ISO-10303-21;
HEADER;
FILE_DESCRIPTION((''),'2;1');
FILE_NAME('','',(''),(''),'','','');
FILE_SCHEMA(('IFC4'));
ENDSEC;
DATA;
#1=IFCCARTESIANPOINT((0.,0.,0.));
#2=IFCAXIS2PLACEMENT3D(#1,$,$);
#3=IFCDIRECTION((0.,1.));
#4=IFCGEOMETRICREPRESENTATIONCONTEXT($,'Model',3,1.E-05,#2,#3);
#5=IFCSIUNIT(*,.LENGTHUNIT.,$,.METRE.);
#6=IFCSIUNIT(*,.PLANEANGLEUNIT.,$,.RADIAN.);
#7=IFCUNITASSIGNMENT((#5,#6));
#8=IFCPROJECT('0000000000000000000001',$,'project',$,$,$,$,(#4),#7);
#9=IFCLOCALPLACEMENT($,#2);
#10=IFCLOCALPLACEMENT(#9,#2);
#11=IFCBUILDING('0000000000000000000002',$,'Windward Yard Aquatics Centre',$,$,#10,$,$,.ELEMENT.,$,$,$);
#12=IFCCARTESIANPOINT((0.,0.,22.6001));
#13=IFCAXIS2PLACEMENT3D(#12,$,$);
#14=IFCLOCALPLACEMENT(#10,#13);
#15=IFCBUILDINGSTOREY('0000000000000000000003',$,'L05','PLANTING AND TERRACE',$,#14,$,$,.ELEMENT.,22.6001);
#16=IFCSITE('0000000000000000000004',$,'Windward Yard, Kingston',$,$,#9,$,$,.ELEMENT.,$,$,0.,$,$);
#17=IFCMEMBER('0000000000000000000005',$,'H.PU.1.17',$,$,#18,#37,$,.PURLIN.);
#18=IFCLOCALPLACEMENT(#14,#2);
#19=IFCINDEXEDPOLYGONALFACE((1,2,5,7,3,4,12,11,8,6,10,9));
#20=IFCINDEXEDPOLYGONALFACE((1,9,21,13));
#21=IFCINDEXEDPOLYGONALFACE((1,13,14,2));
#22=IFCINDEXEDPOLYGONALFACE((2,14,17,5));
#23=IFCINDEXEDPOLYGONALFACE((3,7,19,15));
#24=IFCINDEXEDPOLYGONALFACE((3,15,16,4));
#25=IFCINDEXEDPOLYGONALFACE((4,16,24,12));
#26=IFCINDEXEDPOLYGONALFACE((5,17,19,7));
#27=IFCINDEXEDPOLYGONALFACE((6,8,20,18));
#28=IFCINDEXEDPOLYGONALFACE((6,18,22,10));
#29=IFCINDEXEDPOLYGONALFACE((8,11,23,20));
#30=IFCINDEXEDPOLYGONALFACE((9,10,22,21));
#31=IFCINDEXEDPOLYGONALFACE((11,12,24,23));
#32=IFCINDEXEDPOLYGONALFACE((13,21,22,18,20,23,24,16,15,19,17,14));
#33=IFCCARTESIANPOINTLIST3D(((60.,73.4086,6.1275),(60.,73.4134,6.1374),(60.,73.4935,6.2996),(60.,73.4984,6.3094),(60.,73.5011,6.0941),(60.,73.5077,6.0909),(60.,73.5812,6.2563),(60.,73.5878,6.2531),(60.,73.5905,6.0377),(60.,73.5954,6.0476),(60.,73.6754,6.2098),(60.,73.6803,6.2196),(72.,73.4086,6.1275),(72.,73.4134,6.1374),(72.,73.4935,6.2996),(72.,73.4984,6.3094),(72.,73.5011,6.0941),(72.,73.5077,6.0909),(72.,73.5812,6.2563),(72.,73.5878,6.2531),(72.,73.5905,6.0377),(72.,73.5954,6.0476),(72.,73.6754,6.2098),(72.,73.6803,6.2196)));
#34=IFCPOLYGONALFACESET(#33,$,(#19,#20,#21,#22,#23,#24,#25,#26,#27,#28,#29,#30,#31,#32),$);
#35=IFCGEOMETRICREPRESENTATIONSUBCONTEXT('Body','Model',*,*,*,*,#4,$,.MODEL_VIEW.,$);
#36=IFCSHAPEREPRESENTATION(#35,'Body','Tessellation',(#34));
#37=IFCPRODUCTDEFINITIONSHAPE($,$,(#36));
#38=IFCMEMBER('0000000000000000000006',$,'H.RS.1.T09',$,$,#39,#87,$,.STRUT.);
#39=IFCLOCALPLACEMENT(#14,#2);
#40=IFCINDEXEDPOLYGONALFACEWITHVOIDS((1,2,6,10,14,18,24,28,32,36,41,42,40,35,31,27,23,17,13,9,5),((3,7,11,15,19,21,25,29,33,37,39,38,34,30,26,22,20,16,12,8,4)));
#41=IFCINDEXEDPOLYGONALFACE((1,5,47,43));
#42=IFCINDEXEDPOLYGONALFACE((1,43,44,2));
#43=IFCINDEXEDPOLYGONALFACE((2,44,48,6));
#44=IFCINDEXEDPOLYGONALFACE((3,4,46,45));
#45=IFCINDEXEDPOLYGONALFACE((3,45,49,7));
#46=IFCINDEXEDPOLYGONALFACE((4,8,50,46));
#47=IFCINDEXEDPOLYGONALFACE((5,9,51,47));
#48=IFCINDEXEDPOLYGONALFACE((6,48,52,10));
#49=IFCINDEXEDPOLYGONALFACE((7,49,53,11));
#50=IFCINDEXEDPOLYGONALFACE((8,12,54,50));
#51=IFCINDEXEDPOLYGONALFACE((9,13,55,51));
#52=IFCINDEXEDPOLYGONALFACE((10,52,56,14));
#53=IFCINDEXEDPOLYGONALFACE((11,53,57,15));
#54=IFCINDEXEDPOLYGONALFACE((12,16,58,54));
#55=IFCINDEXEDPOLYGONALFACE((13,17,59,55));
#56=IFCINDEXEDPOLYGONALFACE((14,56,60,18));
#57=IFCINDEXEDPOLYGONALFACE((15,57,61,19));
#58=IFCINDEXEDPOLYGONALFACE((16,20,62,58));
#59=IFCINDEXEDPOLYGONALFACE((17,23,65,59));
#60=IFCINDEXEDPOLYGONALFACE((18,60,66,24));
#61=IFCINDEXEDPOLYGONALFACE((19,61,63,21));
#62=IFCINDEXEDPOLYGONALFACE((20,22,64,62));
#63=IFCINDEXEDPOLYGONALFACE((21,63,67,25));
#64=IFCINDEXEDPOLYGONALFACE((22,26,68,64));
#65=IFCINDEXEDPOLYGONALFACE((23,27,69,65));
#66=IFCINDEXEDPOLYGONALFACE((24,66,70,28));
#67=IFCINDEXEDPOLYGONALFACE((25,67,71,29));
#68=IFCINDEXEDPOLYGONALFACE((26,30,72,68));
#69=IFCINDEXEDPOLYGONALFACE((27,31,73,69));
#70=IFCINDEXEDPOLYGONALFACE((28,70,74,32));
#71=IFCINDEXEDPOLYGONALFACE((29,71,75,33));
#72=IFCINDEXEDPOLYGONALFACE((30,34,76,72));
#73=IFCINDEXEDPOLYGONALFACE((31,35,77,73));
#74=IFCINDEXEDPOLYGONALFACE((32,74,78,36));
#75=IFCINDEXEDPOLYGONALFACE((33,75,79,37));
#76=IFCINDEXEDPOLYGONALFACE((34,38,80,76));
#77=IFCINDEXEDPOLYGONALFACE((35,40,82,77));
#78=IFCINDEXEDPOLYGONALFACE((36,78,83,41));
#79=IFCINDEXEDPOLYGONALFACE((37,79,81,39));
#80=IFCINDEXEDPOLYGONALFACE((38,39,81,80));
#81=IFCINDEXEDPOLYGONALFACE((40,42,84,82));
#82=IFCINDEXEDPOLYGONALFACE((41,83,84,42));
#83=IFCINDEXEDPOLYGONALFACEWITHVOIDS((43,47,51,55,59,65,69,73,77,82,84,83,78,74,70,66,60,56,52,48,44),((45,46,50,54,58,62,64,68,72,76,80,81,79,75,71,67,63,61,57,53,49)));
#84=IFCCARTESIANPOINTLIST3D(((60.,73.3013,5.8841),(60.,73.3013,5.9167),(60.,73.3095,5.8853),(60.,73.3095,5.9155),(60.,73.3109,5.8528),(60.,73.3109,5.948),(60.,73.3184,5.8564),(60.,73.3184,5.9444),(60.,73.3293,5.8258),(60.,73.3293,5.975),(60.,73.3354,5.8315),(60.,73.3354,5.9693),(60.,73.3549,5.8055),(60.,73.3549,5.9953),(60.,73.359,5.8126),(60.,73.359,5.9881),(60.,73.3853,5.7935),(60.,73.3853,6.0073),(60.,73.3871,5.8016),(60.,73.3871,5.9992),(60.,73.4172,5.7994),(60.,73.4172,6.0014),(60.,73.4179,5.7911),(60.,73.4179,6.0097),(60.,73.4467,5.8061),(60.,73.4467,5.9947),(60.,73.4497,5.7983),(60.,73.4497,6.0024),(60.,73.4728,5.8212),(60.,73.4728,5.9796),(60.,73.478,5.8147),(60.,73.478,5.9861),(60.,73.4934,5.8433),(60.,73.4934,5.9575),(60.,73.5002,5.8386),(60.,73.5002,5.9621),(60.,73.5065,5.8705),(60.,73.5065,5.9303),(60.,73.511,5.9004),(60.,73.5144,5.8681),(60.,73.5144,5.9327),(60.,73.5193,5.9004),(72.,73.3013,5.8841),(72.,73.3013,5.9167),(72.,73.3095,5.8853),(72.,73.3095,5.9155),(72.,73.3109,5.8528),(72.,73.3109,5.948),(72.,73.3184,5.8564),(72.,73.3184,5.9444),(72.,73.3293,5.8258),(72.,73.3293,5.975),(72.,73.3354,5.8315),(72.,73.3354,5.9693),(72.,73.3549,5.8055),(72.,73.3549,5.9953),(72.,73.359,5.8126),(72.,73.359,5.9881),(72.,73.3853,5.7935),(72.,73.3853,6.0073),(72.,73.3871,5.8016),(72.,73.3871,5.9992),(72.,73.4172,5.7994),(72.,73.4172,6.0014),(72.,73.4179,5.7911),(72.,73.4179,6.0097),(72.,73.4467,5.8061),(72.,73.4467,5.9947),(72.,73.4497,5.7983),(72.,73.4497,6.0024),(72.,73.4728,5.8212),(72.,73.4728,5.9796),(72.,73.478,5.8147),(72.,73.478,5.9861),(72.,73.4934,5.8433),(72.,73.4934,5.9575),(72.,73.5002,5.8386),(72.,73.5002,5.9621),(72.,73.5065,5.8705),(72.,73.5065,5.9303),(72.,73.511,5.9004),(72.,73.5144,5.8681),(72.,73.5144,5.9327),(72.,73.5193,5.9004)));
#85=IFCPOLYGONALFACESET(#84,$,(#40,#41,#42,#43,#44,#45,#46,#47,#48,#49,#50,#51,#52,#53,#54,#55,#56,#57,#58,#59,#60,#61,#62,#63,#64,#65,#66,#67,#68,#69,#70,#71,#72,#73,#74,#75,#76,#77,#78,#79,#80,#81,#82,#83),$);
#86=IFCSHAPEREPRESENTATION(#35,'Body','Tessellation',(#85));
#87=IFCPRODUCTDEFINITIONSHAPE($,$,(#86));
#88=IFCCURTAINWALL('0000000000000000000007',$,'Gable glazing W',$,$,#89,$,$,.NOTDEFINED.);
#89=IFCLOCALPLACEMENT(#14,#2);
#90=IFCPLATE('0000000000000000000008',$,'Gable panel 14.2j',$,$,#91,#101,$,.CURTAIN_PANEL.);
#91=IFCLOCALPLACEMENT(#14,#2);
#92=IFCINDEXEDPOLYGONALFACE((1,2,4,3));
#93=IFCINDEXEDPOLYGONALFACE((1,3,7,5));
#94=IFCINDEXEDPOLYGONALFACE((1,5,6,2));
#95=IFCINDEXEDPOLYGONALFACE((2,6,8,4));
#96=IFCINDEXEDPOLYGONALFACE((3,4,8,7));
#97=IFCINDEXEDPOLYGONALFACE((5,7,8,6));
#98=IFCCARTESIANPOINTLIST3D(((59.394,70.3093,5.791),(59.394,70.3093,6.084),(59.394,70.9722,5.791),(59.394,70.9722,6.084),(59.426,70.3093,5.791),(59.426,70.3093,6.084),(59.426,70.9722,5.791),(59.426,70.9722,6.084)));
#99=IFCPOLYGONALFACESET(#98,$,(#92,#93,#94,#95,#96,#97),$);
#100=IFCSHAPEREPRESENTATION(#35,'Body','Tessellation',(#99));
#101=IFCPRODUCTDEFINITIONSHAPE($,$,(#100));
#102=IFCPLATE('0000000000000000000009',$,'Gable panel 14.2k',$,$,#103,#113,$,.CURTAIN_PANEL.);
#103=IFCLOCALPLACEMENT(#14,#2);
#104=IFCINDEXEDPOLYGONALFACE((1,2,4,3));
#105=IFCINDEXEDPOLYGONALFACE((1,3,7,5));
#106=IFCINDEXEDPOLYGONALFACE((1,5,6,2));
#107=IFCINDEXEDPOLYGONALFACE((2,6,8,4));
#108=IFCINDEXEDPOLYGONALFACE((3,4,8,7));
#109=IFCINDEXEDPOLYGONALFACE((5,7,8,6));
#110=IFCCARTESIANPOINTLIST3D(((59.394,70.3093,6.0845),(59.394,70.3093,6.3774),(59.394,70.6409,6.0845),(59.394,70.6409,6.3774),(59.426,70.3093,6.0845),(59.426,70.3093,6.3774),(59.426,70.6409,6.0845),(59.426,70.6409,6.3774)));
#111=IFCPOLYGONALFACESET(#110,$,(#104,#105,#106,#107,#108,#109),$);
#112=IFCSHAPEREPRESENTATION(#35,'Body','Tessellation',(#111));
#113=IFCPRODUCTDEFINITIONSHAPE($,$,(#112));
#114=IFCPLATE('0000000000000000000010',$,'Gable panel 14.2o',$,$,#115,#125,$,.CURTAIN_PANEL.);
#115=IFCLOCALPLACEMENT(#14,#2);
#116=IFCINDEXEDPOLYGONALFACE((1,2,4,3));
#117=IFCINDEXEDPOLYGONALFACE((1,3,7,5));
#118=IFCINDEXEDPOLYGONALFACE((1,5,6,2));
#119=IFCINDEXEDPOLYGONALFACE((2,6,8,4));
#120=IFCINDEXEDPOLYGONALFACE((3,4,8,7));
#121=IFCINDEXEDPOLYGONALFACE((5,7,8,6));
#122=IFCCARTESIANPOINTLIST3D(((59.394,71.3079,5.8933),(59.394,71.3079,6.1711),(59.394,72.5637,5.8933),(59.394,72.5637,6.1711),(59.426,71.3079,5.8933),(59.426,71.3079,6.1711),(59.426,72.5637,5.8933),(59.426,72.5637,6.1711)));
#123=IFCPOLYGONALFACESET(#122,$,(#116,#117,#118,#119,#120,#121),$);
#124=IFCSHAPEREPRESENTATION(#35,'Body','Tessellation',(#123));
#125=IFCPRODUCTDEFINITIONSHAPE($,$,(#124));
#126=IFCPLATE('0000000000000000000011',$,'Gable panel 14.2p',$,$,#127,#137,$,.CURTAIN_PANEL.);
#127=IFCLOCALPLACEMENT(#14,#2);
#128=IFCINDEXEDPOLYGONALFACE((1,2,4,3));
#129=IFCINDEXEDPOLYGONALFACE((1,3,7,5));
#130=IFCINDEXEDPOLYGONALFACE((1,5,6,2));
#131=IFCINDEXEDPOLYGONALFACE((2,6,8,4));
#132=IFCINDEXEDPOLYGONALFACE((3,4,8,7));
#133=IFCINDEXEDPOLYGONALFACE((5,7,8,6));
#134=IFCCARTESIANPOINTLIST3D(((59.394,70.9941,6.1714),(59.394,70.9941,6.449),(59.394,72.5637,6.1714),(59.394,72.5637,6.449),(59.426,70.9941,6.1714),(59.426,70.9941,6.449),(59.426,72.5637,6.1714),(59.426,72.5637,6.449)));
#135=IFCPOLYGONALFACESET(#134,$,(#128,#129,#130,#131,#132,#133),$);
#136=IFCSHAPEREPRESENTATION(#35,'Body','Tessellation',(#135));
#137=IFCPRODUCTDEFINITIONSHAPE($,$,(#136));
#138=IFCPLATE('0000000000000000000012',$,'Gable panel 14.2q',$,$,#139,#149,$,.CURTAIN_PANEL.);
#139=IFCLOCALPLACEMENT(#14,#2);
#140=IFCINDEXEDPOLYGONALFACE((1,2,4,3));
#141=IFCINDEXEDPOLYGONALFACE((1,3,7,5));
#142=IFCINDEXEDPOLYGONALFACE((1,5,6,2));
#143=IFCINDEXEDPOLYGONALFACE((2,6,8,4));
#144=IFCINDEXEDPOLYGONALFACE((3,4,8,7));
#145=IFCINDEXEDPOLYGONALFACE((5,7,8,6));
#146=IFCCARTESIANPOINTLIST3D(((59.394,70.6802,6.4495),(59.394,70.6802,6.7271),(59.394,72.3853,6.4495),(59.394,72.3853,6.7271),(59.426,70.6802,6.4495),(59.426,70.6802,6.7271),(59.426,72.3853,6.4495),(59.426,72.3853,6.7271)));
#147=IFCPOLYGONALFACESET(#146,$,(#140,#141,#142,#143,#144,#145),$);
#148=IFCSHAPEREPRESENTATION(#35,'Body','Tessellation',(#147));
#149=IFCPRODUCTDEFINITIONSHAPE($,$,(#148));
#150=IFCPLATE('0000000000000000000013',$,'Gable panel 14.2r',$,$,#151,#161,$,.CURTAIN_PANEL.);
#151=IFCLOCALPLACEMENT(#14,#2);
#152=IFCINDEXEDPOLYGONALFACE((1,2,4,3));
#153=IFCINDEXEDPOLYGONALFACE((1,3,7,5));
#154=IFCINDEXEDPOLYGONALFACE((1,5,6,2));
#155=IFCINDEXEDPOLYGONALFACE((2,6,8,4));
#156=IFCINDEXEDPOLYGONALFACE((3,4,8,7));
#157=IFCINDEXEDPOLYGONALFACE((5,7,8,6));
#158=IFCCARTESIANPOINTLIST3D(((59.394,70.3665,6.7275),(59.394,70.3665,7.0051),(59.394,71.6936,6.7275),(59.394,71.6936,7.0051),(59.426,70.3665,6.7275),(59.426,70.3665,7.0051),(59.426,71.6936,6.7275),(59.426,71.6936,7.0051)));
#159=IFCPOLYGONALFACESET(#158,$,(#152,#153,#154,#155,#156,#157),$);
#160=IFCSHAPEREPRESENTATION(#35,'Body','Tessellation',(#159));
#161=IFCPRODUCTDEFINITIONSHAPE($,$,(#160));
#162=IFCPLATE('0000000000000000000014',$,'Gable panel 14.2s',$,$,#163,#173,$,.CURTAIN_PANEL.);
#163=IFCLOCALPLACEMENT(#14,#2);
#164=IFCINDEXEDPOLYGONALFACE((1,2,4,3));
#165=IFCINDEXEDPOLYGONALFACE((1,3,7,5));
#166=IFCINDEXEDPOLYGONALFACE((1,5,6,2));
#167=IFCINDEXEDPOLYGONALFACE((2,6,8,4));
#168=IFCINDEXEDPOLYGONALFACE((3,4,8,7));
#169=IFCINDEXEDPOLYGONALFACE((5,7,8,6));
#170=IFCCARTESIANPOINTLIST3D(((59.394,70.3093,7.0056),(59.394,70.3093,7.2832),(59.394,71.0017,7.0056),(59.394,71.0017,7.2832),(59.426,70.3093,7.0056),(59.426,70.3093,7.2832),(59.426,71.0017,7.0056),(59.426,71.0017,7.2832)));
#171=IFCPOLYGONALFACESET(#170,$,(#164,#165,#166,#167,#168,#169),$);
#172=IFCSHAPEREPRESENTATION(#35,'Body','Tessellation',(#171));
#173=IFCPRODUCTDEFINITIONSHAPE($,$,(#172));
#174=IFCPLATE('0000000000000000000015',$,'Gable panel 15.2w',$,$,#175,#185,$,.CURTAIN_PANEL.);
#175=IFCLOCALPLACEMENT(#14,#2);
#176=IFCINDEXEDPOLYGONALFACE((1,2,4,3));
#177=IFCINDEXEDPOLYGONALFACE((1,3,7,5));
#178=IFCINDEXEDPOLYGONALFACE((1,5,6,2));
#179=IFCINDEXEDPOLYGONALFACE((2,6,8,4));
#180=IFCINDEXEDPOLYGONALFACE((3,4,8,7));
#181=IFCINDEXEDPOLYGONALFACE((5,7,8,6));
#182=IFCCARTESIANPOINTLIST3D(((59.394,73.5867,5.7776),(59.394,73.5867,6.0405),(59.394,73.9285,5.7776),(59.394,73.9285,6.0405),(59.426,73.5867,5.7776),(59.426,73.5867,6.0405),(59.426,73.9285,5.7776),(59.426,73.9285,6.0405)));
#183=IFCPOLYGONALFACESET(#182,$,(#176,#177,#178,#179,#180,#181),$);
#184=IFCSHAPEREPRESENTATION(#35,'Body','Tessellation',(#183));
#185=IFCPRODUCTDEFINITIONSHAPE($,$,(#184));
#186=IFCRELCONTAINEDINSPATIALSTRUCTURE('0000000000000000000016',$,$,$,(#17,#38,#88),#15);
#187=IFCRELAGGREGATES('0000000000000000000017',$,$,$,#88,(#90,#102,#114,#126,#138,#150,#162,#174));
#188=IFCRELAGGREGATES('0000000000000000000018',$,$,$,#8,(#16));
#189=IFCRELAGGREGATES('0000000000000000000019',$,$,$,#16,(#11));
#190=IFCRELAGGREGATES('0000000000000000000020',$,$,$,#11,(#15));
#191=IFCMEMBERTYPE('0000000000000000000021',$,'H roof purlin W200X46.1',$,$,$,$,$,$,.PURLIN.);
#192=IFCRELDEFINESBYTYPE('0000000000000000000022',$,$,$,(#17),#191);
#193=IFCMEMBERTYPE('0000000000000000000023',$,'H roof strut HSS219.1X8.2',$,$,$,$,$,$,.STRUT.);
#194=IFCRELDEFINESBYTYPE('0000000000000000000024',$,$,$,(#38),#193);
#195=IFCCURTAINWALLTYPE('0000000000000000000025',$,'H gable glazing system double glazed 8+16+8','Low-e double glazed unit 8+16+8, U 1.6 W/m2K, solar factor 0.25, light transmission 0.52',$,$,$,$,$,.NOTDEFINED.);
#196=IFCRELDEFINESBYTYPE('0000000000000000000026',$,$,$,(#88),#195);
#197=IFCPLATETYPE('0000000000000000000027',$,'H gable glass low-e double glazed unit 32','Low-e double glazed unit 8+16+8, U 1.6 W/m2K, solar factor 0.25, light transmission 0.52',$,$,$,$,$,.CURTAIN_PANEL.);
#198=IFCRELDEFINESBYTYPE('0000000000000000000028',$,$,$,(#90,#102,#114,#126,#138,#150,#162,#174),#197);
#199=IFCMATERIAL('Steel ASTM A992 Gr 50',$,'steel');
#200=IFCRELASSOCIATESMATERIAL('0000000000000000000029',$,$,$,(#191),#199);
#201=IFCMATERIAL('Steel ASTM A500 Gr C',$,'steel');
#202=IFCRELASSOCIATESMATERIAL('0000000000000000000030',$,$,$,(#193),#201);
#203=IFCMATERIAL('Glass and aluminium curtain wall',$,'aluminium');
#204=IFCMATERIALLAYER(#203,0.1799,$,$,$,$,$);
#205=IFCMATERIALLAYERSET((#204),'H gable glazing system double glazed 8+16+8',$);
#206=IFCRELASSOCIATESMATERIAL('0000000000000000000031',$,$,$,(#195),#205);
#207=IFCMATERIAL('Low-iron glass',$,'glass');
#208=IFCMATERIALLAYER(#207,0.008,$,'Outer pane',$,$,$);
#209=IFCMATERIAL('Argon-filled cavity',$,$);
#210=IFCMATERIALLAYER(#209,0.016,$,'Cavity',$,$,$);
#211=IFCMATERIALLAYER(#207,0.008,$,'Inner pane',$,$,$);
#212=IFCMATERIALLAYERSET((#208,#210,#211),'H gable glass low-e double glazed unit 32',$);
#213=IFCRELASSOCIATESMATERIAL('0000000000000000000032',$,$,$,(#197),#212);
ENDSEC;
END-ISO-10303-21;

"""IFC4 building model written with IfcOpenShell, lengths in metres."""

from ifc_helpers import new_model, si_unit, direction, frame, origin, origin_2d, place, context, subcontext, project, spatial, polyline, hollow_circle, i_section, outline, extrude, material, layer, layer_set, material_profile, profile_set, type_object, element, aggregate, save


model = new_model("IFC4")

# Units and contexts
model_context = context("Model", 3, precision=1e-05, world=origin(), true_north=direction((0.0, 1.0)))
body_context = subcontext(model_context, "Body", "Model", "MODEL_VIEW")
ifc_project = project(units=[si_unit("LENGTHUNIT", "METRE"), si_unit("PLANEANGLEUNIT", "RADIAN")], contexts=[model_context])

# Site, building, storey
site_placement = place(None, origin())
site = spatial("IfcSite", under=ifc_project, at=site_placement, Name="Windward Yard, Kingston", CompositionType="ELEMENT", RefElevation=0.0)
building_placement = place(site_placement, origin())
building = spatial("IfcBuilding", under=site, at=building_placement, Name="Windward Yard Aquatics Centre", CompositionType="ELEMENT")
storey_placement = place(building_placement, frame((0.0, 0.0, 22.6001)))
storey = spatial("IfcBuildingStorey", under=building, at=storey_placement, Name="L05", Description="PLANTING AND TERRACE", CompositionType="ELEMENT", Elevation=22.6001)

# Members
ifc_material_1 = material(Name="Steel ASTM A500 Gr C", Category="steel")
ifc_material_2 = material(Name="Steel ASTM A992 Gr 50", Category="steel")
ifc_material_profile_1 = material_profile(ifc_material_2, i_section(OverallWidth=0.2029, OverallDepth=0.2029, WebThickness=0.0073, FlangeThickness=0.011, at=origin_2d()), Name="W200X46.1")
ifc_profile_set_1 = profile_set([ifc_material_profile_1], Name="Steel ASTM A992 Gr 50")
member_type_1 = type_object("IfcMemberType", Name="H roof purlin W200X46.1", PredefinedType="PURLIN", material=ifc_profile_set_1)
for number, where, z_axis, x_axis, name in (
    (1, (60.0, 73.5444, 6.1736), (1.0, 0.0, 0.0), (0.0, 0.896687, -0.442665), "H.PU.1.17"),
):
    element("IfcMember", number, at=place(storey_placement, frame(where, z_axis=z_axis, x_axis=x_axis)), inside=storey, type_object=member_type_1, Name=name, PredefinedType="PURLIN", context=body_context, shape_type="SweptSolid", body=[
        extrude(i_section(OverallWidth=0.2029, OverallDepth=0.2029, WebThickness=0.0073, FlangeThickness=0.011, at=origin_2d()), origin(), (0.0, 0.0, 1.0), 12.0),
    ])
ifc_material_profile_2 = material_profile(ifc_material_1, hollow_circle(Radius=0.1096, WallThickness=0.0083, at=origin_2d()), Name="HSS219.1X8.2")
ifc_profile_set_2 = profile_set([ifc_material_profile_2], Name="Steel ASTM A500 Gr C")
member_type_2 = type_object("IfcMemberType", Name="H roof strut HSS219.1X8.2", PredefinedType="STRUT", material=ifc_profile_set_2)
member_1_placement = place(storey_placement, frame((60.0, 73.4097, 5.9004), z_axis=(1.0, 0.0, 0.0), x_axis=(0.0, 1.0, 0.0)))
element("IfcMember", 2, at=member_1_placement, inside=storey, type_object=member_type_2, Name="H.RS.1.T09", PredefinedType="STRUT", context=body_context, shape_type="SweptSolid", body=[
    extrude(hollow_circle(Radius=0.1096, WallThickness=0.0083, at=origin_2d()), origin(), (0.0, 0.0, 1.0), 12.0),
])

# Curtain wall, plates
ifc_material_3 = material(Name="Glass and aluminium curtain wall", Category="aluminium")
ifc_layer_1 = layer(ifc_material_3, 0.1799)
ifc_layer_set_1 = layer_set([ifc_layer_1], Name="H gable glazing system double glazed 8+16+8")
curtain_wall_type = type_object("IfcCurtainWallType", Name="H gable glazing system double glazed 8+16+8", Description="Low-e double glazed unit 8+16+8, U 1.6 W/m2K, solar factor 0.25, light transmission 0.52", PredefinedType="NOTDEFINED", material=ifc_layer_set_1)
curtain_wall_placement = place(storey_placement, origin())
curtain_wall = element("IfcCurtainWall", 3, at=curtain_wall_placement, inside=storey, type_object=curtain_wall_type, Name="Gable glazing W", PredefinedType="NOTDEFINED")
ifc_material_4 = material(Name="Low-iron glass", Category="glass")
ifc_layer_2 = layer(ifc_material_4, 0.008, Name="Outer pane")
ifc_material_5 = material(Name="Argon-filled cavity")
ifc_layer_3 = layer(ifc_material_5, 0.016, Name="Cavity")
ifc_layer_4 = layer(ifc_material_4, 0.008, Name="Inner pane")
ifc_layer_set_2 = layer_set([ifc_layer_2, ifc_layer_3, ifc_layer_4], Name="H gable glass low-e double glazed unit 32")
plate_type = type_object("IfcPlateType", Name="H gable glass low-e double glazed unit 32", Description="Low-e double glazed unit 8+16+8, U 1.6 W/m2K, solar factor 0.25, light transmission 0.52", PredefinedType="CURTAIN_PANEL", material=ifc_layer_set_2)
plate_1_placement = place(storey_placement, frame((59.426, 70.3093, 5.791), z_axis=(1.0, 0.0, 0.0), x_axis=(0.0, 1.0, 0.0)))
plate_1 = element("IfcPlate", 4, at=plate_1_placement, type_object=plate_type, Name="Gable panel 14.2j", PredefinedType="CURTAIN_PANEL", context=body_context, shape_type="SweptSolid", body=[
    extrude(outline(polyline([(0.0, 0.0), (0.6628, 0.0), (0.6628, 0.293), (0.0, 0.293), (0.0, 0.0)])), origin(), (0.0, 0.0, -1.0), 0.032),
])
plate_2_placement = place(storey_placement, frame((59.426, 70.3093, 6.0845), z_axis=(1.0, 0.0, 0.0), x_axis=(0.0, 1.0, 0.0)))
plate_2 = element("IfcPlate", 5, at=plate_2_placement, type_object=plate_type, Name="Gable panel 14.2k", PredefinedType="CURTAIN_PANEL", context=body_context, shape_type="SweptSolid", body=[
    extrude(outline(polyline([(0.0, 0.0), (0.3315, 0.0), (0.3315, 0.293), (0.0, 0.293), (0.0, 0.0)])), origin(), (0.0, 0.0, -1.0), 0.032),
])
plate_3_placement = place(storey_placement, frame((59.426, 71.3079, 5.8933), z_axis=(1.0, 0.0, 0.0), x_axis=(0.0, 1.0, 0.0)))
plate_3 = element("IfcPlate", 6, at=plate_3_placement, type_object=plate_type, Name="Gable panel 14.2o", PredefinedType="CURTAIN_PANEL", context=body_context, shape_type="SweptSolid", body=[
    extrude(outline(polyline([(0.0, 0.0), (1.2559, 0.0), (1.2559, 0.2778), (0.0, 0.2778), (0.0, 0.0)])), origin(), (0.0, 0.0, -1.0), 0.032),
])
plate_4_placement = place(storey_placement, frame((59.426, 70.9941, 6.1714), z_axis=(1.0, 0.0, 0.0), x_axis=(0.0, 1.0, 0.0)))
plate_4 = element("IfcPlate", 7, at=plate_4_placement, type_object=plate_type, Name="Gable panel 14.2p", PredefinedType="CURTAIN_PANEL", context=body_context, shape_type="SweptSolid", body=[
    extrude(outline(polyline([(0.0, 0.0), (1.5696, 0.0), (1.5696, 0.2776), (0.0, 0.2776), (0.0, 0.0)])), origin(), (0.0, 0.0, -1.0), 0.032),
])
plate_5_placement = place(storey_placement, frame((59.426, 70.6802, 6.4495), z_axis=(1.0, 0.0, 0.0), x_axis=(0.0, 1.0, 0.0)))
plate_5 = element("IfcPlate", 8, at=plate_5_placement, type_object=plate_type, Name="Gable panel 14.2q", PredefinedType="CURTAIN_PANEL", context=body_context, shape_type="SweptSolid", body=[
    extrude(outline(polyline([(0.0, 0.0), (1.7051, 0.0), (1.7051, 0.2776), (0.0, 0.2776), (0.0, 0.0)])), origin(), (0.0, 0.0, -1.0), 0.032),
])
plate_6_placement = place(storey_placement, frame((59.426, 70.3665, 6.7275), z_axis=(1.0, 0.0, 0.0), x_axis=(0.0, 1.0, 0.0)))
plate_6 = element("IfcPlate", 9, at=plate_6_placement, type_object=plate_type, Name="Gable panel 14.2r", PredefinedType="CURTAIN_PANEL", context=body_context, shape_type="SweptSolid", body=[
    extrude(outline(polyline([(0.0, 0.0), (1.3271, 0.0), (1.3271, 0.2776), (0.0, 0.2776), (0.0, 0.0)])), origin(), (0.0, 0.0, -1.0), 0.032),
])
plate_7_placement = place(storey_placement, frame((59.426, 70.3093, 7.0056), z_axis=(1.0, 0.0, 0.0), x_axis=(0.0, 1.0, 0.0)))
plate_7 = element("IfcPlate", 10, at=plate_7_placement, type_object=plate_type, Name="Gable panel 14.2s", PredefinedType="CURTAIN_PANEL", context=body_context, shape_type="SweptSolid", body=[
    extrude(outline(polyline([(0.0, 0.0), (0.6924, 0.0), (0.6924, 0.2776), (0.0, 0.2776), (0.0, 0.0)])), origin(), (0.0, 0.0, -1.0), 0.032),
])
plate_8_placement = place(storey_placement, frame((59.426, 73.5867, 5.7776), z_axis=(1.0, 0.0, 0.0), x_axis=(0.0, 1.0, 0.0)))
plate_8 = element("IfcPlate", 11, at=plate_8_placement, type_object=plate_type, Name="Gable panel 15.2w", PredefinedType="CURTAIN_PANEL", context=body_context, shape_type="SweptSolid", body=[
    extrude(outline(polyline([(0.0, 0.0), (0.3418, 0.0), (0.3418, 0.2629), (0.0, 0.2629), (0.0, 0.0)])), origin(), (0.0, 0.0, -1.0), 0.032),
])

aggregate(curtain_wall, [plate_1, plate_2, plate_3, plate_4, plate_5, plate_6, plate_7, plate_8])

save(model, "model.ifc")
